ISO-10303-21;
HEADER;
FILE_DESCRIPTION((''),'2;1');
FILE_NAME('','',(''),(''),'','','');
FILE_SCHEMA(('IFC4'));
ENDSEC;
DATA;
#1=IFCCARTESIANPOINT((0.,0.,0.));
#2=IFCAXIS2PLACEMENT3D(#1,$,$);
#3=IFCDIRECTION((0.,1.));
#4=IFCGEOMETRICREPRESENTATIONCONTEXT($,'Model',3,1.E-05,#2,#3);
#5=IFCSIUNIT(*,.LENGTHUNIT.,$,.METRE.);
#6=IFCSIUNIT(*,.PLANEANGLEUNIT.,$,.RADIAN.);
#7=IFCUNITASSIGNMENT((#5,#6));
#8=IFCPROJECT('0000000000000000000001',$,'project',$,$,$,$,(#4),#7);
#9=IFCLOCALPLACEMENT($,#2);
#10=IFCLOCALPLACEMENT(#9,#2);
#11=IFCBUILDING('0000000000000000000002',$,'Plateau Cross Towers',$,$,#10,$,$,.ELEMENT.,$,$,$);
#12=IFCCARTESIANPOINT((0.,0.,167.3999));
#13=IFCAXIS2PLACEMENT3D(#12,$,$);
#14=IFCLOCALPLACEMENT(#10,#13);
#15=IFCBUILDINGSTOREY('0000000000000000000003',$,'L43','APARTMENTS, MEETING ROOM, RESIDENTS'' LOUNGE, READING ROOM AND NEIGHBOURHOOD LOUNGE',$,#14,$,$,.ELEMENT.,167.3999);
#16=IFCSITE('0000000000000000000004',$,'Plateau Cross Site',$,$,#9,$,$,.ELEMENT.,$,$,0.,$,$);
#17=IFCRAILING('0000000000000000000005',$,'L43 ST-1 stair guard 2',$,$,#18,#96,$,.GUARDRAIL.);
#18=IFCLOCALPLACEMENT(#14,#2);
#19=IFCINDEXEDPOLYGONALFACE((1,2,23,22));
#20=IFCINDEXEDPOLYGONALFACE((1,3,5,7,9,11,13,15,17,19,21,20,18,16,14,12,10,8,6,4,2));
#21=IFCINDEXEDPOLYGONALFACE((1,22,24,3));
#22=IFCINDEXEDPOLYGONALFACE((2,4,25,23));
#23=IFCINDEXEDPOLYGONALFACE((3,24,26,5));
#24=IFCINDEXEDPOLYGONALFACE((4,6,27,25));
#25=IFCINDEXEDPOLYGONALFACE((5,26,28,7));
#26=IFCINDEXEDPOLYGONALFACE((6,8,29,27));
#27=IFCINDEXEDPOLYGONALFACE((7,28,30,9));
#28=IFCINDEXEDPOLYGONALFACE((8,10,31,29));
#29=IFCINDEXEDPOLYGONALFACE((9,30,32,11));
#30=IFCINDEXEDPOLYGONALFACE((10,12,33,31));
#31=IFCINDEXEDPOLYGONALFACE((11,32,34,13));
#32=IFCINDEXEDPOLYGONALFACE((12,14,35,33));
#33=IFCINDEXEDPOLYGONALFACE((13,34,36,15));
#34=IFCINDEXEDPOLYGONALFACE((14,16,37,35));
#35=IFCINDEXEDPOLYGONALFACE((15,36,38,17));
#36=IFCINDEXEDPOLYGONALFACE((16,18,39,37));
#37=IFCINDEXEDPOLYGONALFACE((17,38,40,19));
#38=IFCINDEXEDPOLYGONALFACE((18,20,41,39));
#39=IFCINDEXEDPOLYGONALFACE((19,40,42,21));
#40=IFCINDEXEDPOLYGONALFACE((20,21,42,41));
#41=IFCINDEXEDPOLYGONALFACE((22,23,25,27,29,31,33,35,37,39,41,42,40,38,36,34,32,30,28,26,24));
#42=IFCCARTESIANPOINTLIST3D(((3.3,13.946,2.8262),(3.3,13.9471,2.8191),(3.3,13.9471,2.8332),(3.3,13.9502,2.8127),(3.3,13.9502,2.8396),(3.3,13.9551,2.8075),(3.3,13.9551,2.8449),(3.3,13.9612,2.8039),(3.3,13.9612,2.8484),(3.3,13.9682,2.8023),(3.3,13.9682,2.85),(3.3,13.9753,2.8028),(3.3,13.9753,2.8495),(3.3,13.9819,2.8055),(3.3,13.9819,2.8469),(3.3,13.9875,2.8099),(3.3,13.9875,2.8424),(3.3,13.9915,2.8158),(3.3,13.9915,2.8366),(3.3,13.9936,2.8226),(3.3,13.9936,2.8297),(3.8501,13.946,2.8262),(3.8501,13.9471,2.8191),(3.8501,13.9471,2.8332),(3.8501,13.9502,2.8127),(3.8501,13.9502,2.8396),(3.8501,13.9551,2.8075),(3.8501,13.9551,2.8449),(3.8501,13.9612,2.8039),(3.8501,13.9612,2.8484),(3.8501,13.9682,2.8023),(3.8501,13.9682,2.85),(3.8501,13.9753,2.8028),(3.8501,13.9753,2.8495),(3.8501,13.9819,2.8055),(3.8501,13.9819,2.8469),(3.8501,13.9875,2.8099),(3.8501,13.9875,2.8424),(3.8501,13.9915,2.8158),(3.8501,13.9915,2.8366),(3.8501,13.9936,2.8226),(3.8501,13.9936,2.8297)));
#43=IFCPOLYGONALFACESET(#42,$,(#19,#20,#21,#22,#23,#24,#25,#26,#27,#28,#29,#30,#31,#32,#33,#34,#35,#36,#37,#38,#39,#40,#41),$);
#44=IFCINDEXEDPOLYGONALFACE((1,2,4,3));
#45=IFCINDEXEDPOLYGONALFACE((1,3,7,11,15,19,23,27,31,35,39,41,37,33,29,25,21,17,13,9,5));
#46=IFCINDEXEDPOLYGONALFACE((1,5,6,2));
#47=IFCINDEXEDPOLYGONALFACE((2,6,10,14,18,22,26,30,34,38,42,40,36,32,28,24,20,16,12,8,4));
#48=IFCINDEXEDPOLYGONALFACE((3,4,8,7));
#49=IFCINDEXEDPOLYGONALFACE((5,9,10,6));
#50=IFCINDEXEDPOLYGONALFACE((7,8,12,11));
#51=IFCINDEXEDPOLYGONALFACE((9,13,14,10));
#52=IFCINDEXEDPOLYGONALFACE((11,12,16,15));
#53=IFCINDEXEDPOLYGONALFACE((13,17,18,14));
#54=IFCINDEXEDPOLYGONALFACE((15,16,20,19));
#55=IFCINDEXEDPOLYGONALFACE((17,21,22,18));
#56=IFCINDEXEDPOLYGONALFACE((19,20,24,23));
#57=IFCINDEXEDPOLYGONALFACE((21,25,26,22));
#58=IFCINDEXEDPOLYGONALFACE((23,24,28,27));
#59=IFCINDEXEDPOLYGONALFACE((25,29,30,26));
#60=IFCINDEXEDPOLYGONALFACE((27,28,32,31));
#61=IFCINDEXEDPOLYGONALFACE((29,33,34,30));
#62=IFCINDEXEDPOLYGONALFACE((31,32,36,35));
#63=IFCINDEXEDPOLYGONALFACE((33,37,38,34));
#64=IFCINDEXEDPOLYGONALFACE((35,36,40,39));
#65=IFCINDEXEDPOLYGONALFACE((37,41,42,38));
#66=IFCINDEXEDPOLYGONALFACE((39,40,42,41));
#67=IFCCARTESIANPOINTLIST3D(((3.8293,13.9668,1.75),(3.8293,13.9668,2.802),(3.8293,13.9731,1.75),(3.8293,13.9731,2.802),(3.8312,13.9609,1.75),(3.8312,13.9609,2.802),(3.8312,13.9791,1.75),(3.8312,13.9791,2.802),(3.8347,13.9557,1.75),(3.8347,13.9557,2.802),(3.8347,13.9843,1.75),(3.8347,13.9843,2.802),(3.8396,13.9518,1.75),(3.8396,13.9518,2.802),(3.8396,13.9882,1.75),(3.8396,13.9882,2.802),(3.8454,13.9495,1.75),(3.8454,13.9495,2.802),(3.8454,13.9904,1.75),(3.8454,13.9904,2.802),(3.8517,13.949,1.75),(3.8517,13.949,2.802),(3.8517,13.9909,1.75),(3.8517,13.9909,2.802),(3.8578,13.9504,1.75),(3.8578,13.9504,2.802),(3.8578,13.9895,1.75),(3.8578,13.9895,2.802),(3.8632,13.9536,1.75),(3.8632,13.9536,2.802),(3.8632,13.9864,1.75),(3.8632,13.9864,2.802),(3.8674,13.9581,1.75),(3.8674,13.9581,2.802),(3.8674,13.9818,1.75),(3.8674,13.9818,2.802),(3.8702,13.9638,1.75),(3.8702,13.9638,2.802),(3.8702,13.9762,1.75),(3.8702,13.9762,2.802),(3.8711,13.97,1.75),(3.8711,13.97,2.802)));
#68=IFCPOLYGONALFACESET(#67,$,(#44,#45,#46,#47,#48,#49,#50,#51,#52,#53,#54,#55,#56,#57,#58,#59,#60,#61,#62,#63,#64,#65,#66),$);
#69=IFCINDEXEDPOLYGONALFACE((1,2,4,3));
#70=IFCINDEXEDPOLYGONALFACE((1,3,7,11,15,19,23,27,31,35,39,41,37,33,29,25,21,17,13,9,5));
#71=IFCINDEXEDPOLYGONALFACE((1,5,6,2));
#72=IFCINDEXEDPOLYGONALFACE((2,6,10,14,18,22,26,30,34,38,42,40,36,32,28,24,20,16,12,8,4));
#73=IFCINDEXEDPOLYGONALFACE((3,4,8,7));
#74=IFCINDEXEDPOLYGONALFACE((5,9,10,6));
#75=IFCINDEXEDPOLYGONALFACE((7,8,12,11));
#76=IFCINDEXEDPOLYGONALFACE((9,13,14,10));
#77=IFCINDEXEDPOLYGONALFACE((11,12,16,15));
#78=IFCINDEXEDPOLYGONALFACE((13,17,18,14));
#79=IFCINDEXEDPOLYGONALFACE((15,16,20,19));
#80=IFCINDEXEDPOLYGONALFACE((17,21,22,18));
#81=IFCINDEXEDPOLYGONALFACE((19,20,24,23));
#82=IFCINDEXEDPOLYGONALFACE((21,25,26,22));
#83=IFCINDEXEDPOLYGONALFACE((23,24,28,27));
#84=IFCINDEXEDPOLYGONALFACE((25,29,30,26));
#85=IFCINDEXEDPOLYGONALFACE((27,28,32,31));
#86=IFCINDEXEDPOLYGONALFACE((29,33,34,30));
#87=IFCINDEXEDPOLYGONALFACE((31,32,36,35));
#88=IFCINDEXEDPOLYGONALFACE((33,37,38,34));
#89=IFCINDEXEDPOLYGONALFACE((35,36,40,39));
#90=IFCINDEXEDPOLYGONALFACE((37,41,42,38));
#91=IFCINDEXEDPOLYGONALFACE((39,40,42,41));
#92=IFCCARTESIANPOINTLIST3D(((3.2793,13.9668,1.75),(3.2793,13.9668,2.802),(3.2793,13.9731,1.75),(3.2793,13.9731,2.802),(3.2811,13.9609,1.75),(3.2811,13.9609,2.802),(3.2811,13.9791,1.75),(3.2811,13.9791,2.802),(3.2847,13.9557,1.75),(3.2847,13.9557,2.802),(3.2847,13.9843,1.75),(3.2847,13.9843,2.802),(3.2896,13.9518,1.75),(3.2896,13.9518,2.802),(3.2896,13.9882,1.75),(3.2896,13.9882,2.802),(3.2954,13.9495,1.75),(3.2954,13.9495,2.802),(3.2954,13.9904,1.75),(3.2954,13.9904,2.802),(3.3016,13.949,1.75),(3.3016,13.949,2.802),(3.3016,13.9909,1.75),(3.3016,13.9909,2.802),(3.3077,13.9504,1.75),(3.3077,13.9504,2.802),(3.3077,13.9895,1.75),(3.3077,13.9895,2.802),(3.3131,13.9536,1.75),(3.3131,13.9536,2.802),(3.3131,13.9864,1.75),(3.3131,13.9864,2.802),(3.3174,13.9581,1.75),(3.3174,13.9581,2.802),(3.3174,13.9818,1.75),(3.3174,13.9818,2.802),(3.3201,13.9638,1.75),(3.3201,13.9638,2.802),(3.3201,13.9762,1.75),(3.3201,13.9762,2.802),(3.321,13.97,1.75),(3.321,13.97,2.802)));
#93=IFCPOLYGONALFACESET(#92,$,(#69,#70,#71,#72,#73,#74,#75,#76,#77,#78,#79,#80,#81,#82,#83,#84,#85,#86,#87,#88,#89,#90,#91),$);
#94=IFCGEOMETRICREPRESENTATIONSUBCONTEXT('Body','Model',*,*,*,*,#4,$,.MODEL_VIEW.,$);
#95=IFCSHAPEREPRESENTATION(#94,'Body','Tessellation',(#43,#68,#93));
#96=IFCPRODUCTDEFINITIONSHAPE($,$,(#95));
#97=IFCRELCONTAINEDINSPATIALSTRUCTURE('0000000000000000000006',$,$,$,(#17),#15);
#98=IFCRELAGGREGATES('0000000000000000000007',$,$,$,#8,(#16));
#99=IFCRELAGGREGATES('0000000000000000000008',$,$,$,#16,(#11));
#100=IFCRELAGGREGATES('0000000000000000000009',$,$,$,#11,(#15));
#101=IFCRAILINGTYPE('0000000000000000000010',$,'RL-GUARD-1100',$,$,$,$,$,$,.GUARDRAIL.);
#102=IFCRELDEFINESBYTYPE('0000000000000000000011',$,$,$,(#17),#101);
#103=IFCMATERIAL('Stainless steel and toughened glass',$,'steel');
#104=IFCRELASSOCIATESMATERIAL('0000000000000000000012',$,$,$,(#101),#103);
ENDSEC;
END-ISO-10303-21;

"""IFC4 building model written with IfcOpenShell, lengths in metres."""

from ifc_helpers import new_model, si_unit, direction, frame, origin, origin_2d, place, context, subcontext, project, spatial, circle, extrude, material, type_object, element, save


model = new_model("IFC4")

# Units and contexts
model_context = context("Model", 3, precision=1e-05, world=origin(), true_north=direction((0.0, 1.0)))
body_context = subcontext(model_context, "Body", "Model", "MODEL_VIEW")
ifc_project = project(units=[si_unit("LENGTHUNIT", "METRE"), si_unit("PLANEANGLEUNIT", "RADIAN")], contexts=[model_context])

# Site, building, storey
site_placement = place(None, origin())
site = spatial("IfcSite", under=ifc_project, at=site_placement, Name="Plateau Cross Site", CompositionType="ELEMENT", RefElevation=0.0)
building_placement = place(site_placement, origin())
building = spatial("IfcBuilding", under=site, at=building_placement, Name="Plateau Cross Towers", CompositionType="ELEMENT")
storey_placement = place(building_placement, frame((0.0, 0.0, 167.3999)))
storey = spatial("IfcBuildingStorey", under=building, at=storey_placement, Name="L43", Description="APARTMENTS, MEETING ROOM, RESIDENTS' LOUNGE, READING ROOM AND NEIGHBOURHOOD LOUNGE", CompositionType="ELEMENT", Elevation=167.3999)

# Railing
ifc_material_1 = material(Name="Stainless steel and toughened glass", Category="steel")
railing_type = type_object("IfcRailingType", Name="RL-GUARD-1100", PredefinedType="GUARDRAIL", material=ifc_material_1)
railing_placement = place(storey_placement, frame((3.8501, 13.97, 1.75)))
element("IfcRailing", 1, at=railing_placement, inside=storey, type_object=railing_type, Name="L43 ST-1 stair guard 2", PredefinedType="GUARDRAIL", context=body_context, shape_type="SweptSolid", body=[
    extrude(circle(Radius=0.0239, at=origin_2d()), frame((0.0, 0.0, 1.0762), z_axis=(-1.0, 0.0, 0.0), x_axis=(0.0, -1.0, 0.0)), (0.0, 0.0, 1.0), 0.55),
    extrude(circle(Radius=0.021, at=origin_2d()), origin(), (0.0, 0.0, 1.0), 1.052),
    extrude(circle(Radius=0.021, at=origin_2d()), frame((-0.55, 0.0, 0.0)), (0.0, 0.0, 1.0), 1.052),
])

save(model, "model.ifc")
